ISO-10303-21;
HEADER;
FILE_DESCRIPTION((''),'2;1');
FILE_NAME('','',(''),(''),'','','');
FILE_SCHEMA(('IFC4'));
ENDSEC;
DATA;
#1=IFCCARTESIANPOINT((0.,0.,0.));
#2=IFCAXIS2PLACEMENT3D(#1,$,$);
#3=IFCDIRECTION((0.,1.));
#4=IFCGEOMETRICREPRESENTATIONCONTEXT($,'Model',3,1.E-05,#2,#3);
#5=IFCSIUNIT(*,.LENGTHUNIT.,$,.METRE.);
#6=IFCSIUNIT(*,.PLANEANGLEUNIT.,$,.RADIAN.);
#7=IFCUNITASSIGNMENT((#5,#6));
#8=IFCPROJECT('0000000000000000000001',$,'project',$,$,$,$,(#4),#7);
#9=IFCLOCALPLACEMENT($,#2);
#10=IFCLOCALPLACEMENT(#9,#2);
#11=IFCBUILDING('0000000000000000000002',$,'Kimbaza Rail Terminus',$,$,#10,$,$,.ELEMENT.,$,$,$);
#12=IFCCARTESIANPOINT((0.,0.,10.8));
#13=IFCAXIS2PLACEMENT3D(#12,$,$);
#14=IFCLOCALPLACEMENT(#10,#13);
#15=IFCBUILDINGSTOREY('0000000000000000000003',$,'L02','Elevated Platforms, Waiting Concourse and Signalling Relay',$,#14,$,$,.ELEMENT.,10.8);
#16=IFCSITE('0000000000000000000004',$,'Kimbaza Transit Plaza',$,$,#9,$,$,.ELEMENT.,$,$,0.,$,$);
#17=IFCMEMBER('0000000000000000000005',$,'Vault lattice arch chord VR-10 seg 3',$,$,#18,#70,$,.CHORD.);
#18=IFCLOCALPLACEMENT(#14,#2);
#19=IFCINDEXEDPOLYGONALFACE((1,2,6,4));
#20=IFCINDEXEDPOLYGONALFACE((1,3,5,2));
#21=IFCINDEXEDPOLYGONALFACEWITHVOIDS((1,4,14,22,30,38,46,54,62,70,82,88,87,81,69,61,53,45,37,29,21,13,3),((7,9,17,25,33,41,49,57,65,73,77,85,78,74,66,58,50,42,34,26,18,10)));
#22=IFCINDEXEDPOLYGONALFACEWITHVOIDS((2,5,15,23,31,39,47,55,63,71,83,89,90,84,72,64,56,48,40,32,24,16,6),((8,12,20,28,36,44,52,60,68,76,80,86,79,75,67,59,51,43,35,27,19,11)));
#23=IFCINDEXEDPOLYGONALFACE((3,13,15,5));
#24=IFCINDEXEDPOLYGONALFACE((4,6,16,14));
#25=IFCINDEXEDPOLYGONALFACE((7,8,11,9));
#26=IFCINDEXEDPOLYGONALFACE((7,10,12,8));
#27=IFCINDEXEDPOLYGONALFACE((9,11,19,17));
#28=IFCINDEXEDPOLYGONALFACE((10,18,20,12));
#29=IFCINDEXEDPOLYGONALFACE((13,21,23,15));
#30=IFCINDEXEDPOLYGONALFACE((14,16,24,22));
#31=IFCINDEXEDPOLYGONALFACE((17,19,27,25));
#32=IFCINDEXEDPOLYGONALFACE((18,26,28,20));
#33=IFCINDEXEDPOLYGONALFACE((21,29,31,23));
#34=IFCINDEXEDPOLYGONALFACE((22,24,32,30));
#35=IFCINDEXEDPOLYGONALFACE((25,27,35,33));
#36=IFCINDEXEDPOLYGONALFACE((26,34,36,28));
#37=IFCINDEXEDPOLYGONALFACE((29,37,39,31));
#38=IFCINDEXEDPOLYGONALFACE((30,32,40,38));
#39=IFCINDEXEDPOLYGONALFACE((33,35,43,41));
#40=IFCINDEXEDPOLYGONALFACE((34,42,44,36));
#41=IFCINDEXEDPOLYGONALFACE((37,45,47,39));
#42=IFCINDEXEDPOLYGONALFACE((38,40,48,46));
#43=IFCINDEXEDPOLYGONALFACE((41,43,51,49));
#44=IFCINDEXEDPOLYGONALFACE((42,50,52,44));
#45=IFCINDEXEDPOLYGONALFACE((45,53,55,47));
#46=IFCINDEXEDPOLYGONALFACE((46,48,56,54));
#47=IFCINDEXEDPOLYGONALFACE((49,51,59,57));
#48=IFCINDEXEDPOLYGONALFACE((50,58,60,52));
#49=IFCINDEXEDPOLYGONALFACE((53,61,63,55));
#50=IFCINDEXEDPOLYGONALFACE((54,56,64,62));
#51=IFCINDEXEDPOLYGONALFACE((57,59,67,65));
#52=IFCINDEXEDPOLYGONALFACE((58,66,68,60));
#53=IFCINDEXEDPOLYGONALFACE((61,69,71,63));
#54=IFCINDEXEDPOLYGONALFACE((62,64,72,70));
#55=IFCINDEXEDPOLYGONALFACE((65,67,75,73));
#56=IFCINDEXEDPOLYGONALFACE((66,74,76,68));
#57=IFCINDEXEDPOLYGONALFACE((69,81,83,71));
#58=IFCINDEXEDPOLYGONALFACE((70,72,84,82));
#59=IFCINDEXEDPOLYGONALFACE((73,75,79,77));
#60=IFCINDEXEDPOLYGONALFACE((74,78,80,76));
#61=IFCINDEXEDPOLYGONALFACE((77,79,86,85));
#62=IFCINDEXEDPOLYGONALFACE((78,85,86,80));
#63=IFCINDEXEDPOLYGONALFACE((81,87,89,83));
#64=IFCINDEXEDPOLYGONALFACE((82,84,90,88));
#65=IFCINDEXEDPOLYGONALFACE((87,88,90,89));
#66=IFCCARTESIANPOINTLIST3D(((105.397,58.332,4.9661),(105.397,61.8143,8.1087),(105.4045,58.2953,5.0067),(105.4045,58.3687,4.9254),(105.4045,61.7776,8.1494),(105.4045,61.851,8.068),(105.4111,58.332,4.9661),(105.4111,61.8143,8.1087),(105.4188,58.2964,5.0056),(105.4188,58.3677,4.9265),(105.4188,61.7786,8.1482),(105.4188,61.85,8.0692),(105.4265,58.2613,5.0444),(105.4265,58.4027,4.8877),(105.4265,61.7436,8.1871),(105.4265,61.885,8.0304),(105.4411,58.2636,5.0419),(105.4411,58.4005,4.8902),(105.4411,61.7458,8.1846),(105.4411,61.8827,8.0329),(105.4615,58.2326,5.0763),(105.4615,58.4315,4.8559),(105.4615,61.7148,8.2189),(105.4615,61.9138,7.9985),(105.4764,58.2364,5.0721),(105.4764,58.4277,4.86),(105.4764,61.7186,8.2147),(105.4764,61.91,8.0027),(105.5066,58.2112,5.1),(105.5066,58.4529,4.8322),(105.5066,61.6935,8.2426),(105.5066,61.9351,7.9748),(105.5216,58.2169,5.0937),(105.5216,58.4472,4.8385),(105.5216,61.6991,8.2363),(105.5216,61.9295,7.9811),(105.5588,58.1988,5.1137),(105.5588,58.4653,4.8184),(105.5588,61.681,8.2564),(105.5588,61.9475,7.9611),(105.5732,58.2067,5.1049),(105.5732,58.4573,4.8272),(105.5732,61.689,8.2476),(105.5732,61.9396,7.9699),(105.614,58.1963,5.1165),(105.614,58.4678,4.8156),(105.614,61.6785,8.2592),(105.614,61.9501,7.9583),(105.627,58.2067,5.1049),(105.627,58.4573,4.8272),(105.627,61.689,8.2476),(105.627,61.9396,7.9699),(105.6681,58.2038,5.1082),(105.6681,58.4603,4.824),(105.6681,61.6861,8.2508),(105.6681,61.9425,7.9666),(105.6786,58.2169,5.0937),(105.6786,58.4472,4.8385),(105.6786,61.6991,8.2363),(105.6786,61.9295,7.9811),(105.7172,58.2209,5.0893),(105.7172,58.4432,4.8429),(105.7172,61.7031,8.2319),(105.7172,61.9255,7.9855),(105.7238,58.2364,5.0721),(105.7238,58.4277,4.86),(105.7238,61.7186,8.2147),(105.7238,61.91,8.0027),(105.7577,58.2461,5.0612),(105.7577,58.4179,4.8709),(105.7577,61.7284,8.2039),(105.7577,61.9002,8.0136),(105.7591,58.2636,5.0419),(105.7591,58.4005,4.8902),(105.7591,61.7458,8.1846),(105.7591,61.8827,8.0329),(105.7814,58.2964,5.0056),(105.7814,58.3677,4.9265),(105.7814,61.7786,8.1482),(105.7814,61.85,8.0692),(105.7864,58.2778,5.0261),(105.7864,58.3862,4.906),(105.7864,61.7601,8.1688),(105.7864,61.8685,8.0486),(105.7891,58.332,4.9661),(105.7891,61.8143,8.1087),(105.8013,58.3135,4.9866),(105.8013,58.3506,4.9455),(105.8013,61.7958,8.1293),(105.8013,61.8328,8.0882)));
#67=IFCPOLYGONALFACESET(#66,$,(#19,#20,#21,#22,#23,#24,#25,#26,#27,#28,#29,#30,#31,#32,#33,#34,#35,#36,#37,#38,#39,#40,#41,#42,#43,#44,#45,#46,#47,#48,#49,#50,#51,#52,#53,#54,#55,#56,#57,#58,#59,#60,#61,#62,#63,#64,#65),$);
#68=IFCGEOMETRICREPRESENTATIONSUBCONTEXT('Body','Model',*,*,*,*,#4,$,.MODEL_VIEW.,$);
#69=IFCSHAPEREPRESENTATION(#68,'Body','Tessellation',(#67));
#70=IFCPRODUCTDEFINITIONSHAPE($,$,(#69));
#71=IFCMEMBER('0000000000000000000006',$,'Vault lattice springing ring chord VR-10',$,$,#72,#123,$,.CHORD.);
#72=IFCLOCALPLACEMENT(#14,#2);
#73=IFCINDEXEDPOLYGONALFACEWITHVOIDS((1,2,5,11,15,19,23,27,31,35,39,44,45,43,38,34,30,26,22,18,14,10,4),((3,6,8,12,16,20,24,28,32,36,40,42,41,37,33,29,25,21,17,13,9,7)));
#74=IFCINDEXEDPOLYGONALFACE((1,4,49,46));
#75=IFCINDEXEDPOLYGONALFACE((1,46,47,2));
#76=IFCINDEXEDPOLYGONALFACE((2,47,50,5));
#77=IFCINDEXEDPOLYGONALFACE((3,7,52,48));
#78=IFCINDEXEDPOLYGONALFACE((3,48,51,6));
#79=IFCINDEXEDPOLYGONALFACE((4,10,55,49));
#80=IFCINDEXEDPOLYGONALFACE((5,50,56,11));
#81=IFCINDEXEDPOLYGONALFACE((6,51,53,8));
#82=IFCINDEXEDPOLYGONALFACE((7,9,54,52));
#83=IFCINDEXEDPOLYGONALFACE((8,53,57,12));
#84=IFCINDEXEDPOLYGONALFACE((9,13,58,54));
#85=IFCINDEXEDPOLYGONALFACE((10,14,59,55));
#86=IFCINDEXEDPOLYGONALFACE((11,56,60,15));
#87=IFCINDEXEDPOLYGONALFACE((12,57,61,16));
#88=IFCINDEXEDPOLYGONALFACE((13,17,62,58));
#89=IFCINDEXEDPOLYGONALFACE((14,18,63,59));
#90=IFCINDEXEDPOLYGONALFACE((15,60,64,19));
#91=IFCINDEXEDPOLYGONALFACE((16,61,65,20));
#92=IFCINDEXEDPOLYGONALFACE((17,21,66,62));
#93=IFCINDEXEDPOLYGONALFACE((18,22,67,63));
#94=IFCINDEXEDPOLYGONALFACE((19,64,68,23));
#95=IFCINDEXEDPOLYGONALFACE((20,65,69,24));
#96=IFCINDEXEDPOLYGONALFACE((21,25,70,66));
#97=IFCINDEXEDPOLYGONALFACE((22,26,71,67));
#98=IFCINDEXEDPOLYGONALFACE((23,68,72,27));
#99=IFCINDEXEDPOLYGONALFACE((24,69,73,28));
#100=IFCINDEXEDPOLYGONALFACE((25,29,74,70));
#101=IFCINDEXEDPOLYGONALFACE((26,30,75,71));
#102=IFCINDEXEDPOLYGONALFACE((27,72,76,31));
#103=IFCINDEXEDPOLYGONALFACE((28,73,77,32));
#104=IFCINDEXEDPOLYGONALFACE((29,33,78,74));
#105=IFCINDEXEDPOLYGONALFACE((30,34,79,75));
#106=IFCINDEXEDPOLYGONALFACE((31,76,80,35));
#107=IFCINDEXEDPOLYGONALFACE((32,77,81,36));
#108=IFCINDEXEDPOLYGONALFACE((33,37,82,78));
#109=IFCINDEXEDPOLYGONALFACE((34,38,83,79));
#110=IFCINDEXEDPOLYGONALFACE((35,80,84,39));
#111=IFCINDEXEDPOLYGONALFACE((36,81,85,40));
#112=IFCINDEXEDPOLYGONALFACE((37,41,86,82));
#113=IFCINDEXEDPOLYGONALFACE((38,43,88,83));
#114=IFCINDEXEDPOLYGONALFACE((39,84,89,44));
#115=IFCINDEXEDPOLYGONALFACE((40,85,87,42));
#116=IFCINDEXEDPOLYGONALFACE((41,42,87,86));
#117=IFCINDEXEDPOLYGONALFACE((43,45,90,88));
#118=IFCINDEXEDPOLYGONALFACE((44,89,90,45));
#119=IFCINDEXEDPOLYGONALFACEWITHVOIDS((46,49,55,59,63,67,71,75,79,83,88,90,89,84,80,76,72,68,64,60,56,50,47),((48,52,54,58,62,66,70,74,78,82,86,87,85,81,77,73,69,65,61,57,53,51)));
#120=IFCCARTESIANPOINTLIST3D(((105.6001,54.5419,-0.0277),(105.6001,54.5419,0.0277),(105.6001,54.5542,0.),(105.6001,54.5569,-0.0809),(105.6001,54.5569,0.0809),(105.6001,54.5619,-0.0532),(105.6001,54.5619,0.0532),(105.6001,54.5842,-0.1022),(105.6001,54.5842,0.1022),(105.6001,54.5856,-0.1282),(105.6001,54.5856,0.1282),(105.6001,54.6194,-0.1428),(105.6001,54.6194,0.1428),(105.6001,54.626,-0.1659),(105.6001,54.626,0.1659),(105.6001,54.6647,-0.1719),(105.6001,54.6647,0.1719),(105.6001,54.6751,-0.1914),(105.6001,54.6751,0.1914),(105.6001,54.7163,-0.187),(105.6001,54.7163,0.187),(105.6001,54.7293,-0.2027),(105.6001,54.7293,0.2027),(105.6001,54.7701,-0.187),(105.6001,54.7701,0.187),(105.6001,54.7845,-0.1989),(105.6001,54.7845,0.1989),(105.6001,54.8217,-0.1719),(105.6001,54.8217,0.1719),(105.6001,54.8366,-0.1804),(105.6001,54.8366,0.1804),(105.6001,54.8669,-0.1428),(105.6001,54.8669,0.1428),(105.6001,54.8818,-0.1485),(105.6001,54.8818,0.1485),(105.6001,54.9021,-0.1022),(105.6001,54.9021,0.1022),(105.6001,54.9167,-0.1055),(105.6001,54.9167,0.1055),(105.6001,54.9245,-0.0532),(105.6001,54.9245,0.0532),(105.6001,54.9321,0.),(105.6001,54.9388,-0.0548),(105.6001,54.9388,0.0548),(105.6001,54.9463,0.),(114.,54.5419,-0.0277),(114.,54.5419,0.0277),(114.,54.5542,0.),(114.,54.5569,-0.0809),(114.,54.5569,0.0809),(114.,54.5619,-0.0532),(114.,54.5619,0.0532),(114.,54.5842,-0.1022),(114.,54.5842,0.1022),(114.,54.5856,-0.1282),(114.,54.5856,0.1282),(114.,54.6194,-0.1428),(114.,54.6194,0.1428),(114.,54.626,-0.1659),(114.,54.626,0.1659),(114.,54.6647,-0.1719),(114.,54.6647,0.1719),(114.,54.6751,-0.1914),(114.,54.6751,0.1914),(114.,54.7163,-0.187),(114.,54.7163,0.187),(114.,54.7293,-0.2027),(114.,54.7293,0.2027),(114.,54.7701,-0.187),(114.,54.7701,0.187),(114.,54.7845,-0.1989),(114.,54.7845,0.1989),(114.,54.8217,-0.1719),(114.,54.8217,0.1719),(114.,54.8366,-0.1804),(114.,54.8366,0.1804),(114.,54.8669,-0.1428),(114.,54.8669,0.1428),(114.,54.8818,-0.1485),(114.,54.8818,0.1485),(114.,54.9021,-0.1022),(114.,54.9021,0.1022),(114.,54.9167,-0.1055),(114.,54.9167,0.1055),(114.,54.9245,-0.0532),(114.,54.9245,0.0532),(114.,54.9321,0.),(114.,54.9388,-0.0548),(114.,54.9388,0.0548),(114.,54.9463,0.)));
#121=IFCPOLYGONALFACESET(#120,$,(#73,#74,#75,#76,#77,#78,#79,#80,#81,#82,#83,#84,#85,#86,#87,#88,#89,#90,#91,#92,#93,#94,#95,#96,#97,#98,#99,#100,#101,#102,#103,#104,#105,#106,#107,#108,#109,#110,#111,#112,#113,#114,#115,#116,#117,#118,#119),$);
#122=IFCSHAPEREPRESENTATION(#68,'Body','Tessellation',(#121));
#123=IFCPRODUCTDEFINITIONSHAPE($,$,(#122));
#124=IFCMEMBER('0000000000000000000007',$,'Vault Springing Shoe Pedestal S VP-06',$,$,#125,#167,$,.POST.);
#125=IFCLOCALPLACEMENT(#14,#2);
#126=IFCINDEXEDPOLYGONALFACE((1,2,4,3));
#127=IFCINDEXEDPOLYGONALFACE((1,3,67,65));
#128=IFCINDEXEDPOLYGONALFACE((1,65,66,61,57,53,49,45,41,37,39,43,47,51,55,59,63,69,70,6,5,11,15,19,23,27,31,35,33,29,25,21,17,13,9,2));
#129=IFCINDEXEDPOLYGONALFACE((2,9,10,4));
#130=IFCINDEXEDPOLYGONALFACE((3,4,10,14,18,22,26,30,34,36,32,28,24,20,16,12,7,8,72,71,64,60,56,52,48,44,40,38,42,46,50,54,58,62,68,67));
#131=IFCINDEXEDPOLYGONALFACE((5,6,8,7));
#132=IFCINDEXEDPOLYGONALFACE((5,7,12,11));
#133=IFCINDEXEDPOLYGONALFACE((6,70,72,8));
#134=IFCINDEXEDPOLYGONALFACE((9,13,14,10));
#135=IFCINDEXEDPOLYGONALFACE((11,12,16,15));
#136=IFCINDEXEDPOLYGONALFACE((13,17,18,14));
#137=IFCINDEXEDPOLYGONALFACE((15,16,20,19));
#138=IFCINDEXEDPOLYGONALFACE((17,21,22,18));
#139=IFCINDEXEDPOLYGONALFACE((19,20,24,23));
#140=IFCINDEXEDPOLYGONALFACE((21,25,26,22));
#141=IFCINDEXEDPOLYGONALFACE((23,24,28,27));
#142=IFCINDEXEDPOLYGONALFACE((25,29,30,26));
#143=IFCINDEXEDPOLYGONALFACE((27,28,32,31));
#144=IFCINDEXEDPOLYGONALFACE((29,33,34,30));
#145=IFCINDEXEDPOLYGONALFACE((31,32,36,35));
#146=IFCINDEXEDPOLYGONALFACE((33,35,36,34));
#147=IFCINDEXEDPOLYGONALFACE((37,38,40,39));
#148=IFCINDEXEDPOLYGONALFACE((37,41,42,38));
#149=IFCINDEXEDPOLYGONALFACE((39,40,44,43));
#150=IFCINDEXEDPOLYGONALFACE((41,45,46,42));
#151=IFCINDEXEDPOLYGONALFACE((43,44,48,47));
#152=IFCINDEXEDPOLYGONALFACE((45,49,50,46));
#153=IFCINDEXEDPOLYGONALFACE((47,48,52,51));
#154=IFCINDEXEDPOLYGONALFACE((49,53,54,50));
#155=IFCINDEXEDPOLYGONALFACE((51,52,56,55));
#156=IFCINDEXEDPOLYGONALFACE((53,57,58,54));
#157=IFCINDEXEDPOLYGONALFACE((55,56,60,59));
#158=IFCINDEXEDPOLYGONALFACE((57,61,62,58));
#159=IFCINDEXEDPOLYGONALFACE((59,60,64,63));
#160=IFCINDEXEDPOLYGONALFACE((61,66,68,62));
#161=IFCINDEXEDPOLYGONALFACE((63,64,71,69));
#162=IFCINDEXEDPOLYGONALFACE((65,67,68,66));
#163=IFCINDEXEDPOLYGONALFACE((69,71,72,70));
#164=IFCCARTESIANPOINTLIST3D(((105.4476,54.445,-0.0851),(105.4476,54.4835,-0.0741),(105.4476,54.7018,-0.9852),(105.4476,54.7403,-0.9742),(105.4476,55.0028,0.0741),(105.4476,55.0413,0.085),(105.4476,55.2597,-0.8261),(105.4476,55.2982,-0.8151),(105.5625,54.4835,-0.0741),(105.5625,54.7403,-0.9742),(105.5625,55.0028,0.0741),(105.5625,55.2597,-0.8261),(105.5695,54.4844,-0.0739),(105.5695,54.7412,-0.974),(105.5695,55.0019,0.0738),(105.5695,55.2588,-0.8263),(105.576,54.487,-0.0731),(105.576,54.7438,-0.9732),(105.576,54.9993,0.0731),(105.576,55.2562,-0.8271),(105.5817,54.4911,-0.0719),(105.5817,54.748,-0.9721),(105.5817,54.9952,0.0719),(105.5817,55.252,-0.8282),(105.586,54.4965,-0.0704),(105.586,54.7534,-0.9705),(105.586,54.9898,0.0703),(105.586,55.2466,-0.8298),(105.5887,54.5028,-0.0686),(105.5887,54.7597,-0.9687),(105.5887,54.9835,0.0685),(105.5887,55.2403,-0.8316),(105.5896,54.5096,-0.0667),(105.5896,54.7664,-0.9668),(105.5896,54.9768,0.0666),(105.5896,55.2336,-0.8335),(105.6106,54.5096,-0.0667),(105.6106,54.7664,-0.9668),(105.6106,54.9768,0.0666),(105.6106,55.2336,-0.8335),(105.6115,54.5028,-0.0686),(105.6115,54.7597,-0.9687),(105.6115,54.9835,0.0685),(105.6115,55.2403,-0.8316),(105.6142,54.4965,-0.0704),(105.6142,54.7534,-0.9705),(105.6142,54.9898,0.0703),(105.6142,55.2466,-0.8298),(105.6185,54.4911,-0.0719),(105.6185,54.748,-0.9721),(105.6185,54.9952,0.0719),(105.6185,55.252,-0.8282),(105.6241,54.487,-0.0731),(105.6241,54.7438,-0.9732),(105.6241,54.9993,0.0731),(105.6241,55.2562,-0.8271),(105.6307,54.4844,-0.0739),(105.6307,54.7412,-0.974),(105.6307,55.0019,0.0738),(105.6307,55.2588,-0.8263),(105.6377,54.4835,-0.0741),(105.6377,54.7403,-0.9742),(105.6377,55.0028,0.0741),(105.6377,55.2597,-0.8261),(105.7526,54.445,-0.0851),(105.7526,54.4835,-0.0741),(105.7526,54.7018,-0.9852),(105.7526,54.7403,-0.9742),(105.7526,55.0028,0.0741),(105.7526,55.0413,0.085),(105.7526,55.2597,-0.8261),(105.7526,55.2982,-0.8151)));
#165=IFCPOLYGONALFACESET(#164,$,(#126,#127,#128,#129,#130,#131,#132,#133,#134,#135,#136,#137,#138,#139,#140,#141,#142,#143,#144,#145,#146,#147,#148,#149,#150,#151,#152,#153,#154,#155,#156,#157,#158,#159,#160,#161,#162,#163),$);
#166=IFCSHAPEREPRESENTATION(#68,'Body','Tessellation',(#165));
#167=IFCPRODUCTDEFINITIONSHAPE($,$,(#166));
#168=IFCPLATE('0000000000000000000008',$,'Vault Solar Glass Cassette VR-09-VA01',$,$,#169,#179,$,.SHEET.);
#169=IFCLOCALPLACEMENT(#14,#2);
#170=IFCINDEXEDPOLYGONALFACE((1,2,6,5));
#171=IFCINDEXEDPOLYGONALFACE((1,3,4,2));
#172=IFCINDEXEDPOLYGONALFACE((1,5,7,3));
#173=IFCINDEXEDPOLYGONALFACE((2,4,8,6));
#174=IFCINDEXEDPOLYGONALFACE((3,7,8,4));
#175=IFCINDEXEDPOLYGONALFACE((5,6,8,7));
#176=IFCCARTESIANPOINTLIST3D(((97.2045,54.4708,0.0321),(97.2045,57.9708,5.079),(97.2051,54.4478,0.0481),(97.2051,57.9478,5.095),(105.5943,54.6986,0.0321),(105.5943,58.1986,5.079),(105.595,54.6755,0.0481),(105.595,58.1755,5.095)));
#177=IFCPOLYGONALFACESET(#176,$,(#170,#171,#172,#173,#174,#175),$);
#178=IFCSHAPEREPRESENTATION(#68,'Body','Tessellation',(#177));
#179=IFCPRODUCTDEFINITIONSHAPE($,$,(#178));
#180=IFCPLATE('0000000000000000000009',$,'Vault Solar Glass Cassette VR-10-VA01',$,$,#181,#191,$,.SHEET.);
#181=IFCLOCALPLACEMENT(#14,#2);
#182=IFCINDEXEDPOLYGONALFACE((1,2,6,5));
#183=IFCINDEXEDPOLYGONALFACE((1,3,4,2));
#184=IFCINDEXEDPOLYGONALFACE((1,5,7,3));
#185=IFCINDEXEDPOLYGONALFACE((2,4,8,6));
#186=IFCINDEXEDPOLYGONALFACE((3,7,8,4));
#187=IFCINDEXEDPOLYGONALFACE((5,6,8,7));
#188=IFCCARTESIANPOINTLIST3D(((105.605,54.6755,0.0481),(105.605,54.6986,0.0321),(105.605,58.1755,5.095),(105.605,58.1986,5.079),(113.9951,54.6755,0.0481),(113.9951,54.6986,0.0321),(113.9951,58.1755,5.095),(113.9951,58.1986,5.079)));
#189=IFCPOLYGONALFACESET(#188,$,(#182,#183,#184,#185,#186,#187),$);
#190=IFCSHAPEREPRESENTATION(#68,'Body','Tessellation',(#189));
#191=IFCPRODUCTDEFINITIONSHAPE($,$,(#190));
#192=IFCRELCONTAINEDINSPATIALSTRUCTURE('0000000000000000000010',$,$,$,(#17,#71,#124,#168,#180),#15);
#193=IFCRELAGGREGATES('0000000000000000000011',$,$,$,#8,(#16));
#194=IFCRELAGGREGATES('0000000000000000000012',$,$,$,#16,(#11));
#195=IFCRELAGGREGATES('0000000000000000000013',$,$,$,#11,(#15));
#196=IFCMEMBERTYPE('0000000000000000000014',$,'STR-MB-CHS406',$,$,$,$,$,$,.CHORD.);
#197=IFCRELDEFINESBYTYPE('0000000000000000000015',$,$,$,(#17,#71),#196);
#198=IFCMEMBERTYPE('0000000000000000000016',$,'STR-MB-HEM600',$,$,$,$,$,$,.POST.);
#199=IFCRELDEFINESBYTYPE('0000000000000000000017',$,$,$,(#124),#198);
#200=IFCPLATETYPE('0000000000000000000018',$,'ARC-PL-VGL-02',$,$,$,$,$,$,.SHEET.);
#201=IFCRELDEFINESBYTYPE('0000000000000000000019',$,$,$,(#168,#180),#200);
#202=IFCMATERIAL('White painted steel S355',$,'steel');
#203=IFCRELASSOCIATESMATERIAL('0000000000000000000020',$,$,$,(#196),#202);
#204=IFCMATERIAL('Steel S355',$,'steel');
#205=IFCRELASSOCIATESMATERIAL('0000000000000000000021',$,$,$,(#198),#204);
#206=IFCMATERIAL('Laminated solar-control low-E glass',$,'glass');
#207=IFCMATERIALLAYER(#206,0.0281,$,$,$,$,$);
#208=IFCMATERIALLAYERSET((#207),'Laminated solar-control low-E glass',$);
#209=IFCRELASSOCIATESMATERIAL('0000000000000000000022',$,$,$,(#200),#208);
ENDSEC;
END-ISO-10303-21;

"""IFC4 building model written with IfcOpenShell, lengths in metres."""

from ifc_helpers import new_model, si_unit, direction, frame, origin, origin_2d, place, context, subcontext, project, spatial, polyline, hollow_circle, i_section, outline, extrude, material, layer, layer_set, material_profile, profile_set, type_object, element, save


model = new_model("IFC4")

# Units and contexts
model_context = context("Model", 3, precision=1e-05, world=origin(), true_north=direction((0.0, 1.0)))
body_context = subcontext(model_context, "Body", "Model", "MODEL_VIEW")
ifc_project = project(units=[si_unit("LENGTHUNIT", "METRE"), si_unit("PLANEANGLEUNIT", "RADIAN")], contexts=[model_context])

# Site, building, storey
site_placement = place(None, origin())
site = spatial("IfcSite", under=ifc_project, at=site_placement, Name="Kimbaza Transit Plaza", CompositionType="ELEMENT", RefElevation=0.0)
building_placement = place(site_placement, origin())
building = spatial("IfcBuilding", under=site, at=building_placement, Name="Kimbaza Rail Terminus", CompositionType="ELEMENT")
storey_placement = place(building_placement, frame((0.0, 0.0, 10.8)))
storey = spatial("IfcBuildingStorey", under=building, at=storey_placement, Name="L02", Description="Elevated Platforms, Waiting Concourse and Signalling Relay", CompositionType="ELEMENT", Elevation=10.8)

# Members
ifc_material_1 = material(Name="White painted steel S355", Category="steel")
ifc_material_profile_1 = material_profile(ifc_material_1, hollow_circle(Radius=0.2031, WallThickness=0.0142, at=origin_2d()), Name="CHS 406.4x14.2")
ifc_profile_set_1 = profile_set([ifc_material_profile_1], Name="White painted steel S355")
member_type_1 = type_object("IfcMemberType", Name="STR-MB-CHS406", PredefinedType="CHORD", material=ifc_profile_set_1)
member_1_placement = place(storey_placement, frame((105.6001, 58.332, 4.9661), z_axis=(0.0, 0.74238, 0.669979), x_axis=(-1.0, 0.0, 0.0)))
element("IfcMember", 1, at=member_1_placement, inside=storey, type_object=member_type_1, Name="Vault lattice arch chord VR-10 seg 3", PredefinedType="CHORD", context=body_context, shape_type="SweptSolid", body=[
    extrude(hollow_circle(Radius=0.2031, WallThickness=0.0142, at=origin_2d()), origin(), (0.0, 0.0, 1.0), 4.6907),
])
member_2_placement = place(storey_placement, frame((105.6001, 54.7432, 0.0), z_axis=(1.0, 0.0, 0.0), x_axis=(0.0, 1.0, 0.0)))
element("IfcMember", 2, at=member_2_placement, inside=storey, type_object=member_type_1, Name="Vault lattice springing ring chord VR-10", PredefinedType="CHORD", context=body_context, shape_type="SweptSolid", body=[
    extrude(hollow_circle(Radius=0.2031, WallThickness=0.0142, at=origin_2d()), origin(), (0.0, 0.0, 1.0), 8.3999),
])
ifc_material_2 = material(Name="Steel S355", Category="steel")
ifc_material_profile_2 = material_profile(ifc_material_2, i_section(OverallWidth=0.3049, OverallDepth=0.6201, WebThickness=0.021, FlangeThickness=0.04, FilletRadius=0.0271, at=origin_2d()), Name="HEM 600")
ifc_profile_set_2 = profile_set([ifc_material_profile_2], Name="Steel S355")
member_type_2 = type_object("IfcMemberType", Name="STR-MB-HEM600", PredefinedType="POST", material=ifc_profile_set_2)
member_3_placement = place(storey_placement, frame((105.6001, 55.0, -0.9001), z_axis=(0.0, -0.274377, 0.961622), x_axis=(1.0, 0.0, 0.0)))
element("IfcMember", 3, at=member_3_placement, inside=storey, type_object=member_type_2, Name="Vault Springing Shoe Pedestal S VP-06", PredefinedType="POST", context=body_context, shape_type="SweptSolid", body=[
    extrude(i_section(OverallWidth=0.3049, OverallDepth=0.6201, WebThickness=0.021, FlangeThickness=0.04, FilletRadius=0.0271, at=origin_2d()), origin(), (0.0, 0.0, 1.0), 0.936),
])

# Plates
ifc_material_3 = material(Name="Laminated solar-control low-E glass", Category="glass")
ifc_layer_1 = layer(ifc_material_3, 0.0281)
ifc_layer_set_1 = layer_set([ifc_layer_1], Name="Laminated solar-control low-E glass")
plate_type_1 = type_object("IfcPlateType", Name="ARC-PL-VGL-02", PredefinedType="SHEET", material=ifc_layer_set_1)
plate_1_placement = place(storey_placement, frame((97.2051, 54.4478, 0.0481), z_axis=(0.022304, -0.82153, 0.569729), x_axis=(0.999632, 0.02714, 0.0)))
element("IfcPlate", 4, at=plate_1_placement, inside=storey, type_object=plate_type_1, Name="Vault Solar Glass Cassette VR-09-VA01", PredefinedType="SHEET", context=body_context, shape_type="SweptSolid", body=[
    extrude(outline(polyline([(0.0, 0.0), (8.393, 0.0), (8.488, 6.141), (0.095, 6.141), (0.0, 0.0)])), origin(), (0.0, 0.0, -1.0), 0.0281),
])
plate_2_placement = place(storey_placement, frame((105.605, 54.6755, 0.0481), z_axis=(0.0, -0.821734, 0.569871), x_axis=(1.0, 0.0, 0.0)))
element("IfcPlate", 5, at=plate_2_placement, inside=storey, type_object=plate_type_1, Name="Vault Solar Glass Cassette VR-10-VA01", PredefinedType="SHEET", context=body_context, shape_type="SweptSolid", body=[
    extrude(outline(polyline([(0.0, 0.0), (8.3901, 0.0), (8.3901, 6.1417), (0.0, 6.1417), (0.0, 0.0)])), origin(), (0.0, 0.0, -1.0), 0.0281),
])

save(model, "model.ifc")
